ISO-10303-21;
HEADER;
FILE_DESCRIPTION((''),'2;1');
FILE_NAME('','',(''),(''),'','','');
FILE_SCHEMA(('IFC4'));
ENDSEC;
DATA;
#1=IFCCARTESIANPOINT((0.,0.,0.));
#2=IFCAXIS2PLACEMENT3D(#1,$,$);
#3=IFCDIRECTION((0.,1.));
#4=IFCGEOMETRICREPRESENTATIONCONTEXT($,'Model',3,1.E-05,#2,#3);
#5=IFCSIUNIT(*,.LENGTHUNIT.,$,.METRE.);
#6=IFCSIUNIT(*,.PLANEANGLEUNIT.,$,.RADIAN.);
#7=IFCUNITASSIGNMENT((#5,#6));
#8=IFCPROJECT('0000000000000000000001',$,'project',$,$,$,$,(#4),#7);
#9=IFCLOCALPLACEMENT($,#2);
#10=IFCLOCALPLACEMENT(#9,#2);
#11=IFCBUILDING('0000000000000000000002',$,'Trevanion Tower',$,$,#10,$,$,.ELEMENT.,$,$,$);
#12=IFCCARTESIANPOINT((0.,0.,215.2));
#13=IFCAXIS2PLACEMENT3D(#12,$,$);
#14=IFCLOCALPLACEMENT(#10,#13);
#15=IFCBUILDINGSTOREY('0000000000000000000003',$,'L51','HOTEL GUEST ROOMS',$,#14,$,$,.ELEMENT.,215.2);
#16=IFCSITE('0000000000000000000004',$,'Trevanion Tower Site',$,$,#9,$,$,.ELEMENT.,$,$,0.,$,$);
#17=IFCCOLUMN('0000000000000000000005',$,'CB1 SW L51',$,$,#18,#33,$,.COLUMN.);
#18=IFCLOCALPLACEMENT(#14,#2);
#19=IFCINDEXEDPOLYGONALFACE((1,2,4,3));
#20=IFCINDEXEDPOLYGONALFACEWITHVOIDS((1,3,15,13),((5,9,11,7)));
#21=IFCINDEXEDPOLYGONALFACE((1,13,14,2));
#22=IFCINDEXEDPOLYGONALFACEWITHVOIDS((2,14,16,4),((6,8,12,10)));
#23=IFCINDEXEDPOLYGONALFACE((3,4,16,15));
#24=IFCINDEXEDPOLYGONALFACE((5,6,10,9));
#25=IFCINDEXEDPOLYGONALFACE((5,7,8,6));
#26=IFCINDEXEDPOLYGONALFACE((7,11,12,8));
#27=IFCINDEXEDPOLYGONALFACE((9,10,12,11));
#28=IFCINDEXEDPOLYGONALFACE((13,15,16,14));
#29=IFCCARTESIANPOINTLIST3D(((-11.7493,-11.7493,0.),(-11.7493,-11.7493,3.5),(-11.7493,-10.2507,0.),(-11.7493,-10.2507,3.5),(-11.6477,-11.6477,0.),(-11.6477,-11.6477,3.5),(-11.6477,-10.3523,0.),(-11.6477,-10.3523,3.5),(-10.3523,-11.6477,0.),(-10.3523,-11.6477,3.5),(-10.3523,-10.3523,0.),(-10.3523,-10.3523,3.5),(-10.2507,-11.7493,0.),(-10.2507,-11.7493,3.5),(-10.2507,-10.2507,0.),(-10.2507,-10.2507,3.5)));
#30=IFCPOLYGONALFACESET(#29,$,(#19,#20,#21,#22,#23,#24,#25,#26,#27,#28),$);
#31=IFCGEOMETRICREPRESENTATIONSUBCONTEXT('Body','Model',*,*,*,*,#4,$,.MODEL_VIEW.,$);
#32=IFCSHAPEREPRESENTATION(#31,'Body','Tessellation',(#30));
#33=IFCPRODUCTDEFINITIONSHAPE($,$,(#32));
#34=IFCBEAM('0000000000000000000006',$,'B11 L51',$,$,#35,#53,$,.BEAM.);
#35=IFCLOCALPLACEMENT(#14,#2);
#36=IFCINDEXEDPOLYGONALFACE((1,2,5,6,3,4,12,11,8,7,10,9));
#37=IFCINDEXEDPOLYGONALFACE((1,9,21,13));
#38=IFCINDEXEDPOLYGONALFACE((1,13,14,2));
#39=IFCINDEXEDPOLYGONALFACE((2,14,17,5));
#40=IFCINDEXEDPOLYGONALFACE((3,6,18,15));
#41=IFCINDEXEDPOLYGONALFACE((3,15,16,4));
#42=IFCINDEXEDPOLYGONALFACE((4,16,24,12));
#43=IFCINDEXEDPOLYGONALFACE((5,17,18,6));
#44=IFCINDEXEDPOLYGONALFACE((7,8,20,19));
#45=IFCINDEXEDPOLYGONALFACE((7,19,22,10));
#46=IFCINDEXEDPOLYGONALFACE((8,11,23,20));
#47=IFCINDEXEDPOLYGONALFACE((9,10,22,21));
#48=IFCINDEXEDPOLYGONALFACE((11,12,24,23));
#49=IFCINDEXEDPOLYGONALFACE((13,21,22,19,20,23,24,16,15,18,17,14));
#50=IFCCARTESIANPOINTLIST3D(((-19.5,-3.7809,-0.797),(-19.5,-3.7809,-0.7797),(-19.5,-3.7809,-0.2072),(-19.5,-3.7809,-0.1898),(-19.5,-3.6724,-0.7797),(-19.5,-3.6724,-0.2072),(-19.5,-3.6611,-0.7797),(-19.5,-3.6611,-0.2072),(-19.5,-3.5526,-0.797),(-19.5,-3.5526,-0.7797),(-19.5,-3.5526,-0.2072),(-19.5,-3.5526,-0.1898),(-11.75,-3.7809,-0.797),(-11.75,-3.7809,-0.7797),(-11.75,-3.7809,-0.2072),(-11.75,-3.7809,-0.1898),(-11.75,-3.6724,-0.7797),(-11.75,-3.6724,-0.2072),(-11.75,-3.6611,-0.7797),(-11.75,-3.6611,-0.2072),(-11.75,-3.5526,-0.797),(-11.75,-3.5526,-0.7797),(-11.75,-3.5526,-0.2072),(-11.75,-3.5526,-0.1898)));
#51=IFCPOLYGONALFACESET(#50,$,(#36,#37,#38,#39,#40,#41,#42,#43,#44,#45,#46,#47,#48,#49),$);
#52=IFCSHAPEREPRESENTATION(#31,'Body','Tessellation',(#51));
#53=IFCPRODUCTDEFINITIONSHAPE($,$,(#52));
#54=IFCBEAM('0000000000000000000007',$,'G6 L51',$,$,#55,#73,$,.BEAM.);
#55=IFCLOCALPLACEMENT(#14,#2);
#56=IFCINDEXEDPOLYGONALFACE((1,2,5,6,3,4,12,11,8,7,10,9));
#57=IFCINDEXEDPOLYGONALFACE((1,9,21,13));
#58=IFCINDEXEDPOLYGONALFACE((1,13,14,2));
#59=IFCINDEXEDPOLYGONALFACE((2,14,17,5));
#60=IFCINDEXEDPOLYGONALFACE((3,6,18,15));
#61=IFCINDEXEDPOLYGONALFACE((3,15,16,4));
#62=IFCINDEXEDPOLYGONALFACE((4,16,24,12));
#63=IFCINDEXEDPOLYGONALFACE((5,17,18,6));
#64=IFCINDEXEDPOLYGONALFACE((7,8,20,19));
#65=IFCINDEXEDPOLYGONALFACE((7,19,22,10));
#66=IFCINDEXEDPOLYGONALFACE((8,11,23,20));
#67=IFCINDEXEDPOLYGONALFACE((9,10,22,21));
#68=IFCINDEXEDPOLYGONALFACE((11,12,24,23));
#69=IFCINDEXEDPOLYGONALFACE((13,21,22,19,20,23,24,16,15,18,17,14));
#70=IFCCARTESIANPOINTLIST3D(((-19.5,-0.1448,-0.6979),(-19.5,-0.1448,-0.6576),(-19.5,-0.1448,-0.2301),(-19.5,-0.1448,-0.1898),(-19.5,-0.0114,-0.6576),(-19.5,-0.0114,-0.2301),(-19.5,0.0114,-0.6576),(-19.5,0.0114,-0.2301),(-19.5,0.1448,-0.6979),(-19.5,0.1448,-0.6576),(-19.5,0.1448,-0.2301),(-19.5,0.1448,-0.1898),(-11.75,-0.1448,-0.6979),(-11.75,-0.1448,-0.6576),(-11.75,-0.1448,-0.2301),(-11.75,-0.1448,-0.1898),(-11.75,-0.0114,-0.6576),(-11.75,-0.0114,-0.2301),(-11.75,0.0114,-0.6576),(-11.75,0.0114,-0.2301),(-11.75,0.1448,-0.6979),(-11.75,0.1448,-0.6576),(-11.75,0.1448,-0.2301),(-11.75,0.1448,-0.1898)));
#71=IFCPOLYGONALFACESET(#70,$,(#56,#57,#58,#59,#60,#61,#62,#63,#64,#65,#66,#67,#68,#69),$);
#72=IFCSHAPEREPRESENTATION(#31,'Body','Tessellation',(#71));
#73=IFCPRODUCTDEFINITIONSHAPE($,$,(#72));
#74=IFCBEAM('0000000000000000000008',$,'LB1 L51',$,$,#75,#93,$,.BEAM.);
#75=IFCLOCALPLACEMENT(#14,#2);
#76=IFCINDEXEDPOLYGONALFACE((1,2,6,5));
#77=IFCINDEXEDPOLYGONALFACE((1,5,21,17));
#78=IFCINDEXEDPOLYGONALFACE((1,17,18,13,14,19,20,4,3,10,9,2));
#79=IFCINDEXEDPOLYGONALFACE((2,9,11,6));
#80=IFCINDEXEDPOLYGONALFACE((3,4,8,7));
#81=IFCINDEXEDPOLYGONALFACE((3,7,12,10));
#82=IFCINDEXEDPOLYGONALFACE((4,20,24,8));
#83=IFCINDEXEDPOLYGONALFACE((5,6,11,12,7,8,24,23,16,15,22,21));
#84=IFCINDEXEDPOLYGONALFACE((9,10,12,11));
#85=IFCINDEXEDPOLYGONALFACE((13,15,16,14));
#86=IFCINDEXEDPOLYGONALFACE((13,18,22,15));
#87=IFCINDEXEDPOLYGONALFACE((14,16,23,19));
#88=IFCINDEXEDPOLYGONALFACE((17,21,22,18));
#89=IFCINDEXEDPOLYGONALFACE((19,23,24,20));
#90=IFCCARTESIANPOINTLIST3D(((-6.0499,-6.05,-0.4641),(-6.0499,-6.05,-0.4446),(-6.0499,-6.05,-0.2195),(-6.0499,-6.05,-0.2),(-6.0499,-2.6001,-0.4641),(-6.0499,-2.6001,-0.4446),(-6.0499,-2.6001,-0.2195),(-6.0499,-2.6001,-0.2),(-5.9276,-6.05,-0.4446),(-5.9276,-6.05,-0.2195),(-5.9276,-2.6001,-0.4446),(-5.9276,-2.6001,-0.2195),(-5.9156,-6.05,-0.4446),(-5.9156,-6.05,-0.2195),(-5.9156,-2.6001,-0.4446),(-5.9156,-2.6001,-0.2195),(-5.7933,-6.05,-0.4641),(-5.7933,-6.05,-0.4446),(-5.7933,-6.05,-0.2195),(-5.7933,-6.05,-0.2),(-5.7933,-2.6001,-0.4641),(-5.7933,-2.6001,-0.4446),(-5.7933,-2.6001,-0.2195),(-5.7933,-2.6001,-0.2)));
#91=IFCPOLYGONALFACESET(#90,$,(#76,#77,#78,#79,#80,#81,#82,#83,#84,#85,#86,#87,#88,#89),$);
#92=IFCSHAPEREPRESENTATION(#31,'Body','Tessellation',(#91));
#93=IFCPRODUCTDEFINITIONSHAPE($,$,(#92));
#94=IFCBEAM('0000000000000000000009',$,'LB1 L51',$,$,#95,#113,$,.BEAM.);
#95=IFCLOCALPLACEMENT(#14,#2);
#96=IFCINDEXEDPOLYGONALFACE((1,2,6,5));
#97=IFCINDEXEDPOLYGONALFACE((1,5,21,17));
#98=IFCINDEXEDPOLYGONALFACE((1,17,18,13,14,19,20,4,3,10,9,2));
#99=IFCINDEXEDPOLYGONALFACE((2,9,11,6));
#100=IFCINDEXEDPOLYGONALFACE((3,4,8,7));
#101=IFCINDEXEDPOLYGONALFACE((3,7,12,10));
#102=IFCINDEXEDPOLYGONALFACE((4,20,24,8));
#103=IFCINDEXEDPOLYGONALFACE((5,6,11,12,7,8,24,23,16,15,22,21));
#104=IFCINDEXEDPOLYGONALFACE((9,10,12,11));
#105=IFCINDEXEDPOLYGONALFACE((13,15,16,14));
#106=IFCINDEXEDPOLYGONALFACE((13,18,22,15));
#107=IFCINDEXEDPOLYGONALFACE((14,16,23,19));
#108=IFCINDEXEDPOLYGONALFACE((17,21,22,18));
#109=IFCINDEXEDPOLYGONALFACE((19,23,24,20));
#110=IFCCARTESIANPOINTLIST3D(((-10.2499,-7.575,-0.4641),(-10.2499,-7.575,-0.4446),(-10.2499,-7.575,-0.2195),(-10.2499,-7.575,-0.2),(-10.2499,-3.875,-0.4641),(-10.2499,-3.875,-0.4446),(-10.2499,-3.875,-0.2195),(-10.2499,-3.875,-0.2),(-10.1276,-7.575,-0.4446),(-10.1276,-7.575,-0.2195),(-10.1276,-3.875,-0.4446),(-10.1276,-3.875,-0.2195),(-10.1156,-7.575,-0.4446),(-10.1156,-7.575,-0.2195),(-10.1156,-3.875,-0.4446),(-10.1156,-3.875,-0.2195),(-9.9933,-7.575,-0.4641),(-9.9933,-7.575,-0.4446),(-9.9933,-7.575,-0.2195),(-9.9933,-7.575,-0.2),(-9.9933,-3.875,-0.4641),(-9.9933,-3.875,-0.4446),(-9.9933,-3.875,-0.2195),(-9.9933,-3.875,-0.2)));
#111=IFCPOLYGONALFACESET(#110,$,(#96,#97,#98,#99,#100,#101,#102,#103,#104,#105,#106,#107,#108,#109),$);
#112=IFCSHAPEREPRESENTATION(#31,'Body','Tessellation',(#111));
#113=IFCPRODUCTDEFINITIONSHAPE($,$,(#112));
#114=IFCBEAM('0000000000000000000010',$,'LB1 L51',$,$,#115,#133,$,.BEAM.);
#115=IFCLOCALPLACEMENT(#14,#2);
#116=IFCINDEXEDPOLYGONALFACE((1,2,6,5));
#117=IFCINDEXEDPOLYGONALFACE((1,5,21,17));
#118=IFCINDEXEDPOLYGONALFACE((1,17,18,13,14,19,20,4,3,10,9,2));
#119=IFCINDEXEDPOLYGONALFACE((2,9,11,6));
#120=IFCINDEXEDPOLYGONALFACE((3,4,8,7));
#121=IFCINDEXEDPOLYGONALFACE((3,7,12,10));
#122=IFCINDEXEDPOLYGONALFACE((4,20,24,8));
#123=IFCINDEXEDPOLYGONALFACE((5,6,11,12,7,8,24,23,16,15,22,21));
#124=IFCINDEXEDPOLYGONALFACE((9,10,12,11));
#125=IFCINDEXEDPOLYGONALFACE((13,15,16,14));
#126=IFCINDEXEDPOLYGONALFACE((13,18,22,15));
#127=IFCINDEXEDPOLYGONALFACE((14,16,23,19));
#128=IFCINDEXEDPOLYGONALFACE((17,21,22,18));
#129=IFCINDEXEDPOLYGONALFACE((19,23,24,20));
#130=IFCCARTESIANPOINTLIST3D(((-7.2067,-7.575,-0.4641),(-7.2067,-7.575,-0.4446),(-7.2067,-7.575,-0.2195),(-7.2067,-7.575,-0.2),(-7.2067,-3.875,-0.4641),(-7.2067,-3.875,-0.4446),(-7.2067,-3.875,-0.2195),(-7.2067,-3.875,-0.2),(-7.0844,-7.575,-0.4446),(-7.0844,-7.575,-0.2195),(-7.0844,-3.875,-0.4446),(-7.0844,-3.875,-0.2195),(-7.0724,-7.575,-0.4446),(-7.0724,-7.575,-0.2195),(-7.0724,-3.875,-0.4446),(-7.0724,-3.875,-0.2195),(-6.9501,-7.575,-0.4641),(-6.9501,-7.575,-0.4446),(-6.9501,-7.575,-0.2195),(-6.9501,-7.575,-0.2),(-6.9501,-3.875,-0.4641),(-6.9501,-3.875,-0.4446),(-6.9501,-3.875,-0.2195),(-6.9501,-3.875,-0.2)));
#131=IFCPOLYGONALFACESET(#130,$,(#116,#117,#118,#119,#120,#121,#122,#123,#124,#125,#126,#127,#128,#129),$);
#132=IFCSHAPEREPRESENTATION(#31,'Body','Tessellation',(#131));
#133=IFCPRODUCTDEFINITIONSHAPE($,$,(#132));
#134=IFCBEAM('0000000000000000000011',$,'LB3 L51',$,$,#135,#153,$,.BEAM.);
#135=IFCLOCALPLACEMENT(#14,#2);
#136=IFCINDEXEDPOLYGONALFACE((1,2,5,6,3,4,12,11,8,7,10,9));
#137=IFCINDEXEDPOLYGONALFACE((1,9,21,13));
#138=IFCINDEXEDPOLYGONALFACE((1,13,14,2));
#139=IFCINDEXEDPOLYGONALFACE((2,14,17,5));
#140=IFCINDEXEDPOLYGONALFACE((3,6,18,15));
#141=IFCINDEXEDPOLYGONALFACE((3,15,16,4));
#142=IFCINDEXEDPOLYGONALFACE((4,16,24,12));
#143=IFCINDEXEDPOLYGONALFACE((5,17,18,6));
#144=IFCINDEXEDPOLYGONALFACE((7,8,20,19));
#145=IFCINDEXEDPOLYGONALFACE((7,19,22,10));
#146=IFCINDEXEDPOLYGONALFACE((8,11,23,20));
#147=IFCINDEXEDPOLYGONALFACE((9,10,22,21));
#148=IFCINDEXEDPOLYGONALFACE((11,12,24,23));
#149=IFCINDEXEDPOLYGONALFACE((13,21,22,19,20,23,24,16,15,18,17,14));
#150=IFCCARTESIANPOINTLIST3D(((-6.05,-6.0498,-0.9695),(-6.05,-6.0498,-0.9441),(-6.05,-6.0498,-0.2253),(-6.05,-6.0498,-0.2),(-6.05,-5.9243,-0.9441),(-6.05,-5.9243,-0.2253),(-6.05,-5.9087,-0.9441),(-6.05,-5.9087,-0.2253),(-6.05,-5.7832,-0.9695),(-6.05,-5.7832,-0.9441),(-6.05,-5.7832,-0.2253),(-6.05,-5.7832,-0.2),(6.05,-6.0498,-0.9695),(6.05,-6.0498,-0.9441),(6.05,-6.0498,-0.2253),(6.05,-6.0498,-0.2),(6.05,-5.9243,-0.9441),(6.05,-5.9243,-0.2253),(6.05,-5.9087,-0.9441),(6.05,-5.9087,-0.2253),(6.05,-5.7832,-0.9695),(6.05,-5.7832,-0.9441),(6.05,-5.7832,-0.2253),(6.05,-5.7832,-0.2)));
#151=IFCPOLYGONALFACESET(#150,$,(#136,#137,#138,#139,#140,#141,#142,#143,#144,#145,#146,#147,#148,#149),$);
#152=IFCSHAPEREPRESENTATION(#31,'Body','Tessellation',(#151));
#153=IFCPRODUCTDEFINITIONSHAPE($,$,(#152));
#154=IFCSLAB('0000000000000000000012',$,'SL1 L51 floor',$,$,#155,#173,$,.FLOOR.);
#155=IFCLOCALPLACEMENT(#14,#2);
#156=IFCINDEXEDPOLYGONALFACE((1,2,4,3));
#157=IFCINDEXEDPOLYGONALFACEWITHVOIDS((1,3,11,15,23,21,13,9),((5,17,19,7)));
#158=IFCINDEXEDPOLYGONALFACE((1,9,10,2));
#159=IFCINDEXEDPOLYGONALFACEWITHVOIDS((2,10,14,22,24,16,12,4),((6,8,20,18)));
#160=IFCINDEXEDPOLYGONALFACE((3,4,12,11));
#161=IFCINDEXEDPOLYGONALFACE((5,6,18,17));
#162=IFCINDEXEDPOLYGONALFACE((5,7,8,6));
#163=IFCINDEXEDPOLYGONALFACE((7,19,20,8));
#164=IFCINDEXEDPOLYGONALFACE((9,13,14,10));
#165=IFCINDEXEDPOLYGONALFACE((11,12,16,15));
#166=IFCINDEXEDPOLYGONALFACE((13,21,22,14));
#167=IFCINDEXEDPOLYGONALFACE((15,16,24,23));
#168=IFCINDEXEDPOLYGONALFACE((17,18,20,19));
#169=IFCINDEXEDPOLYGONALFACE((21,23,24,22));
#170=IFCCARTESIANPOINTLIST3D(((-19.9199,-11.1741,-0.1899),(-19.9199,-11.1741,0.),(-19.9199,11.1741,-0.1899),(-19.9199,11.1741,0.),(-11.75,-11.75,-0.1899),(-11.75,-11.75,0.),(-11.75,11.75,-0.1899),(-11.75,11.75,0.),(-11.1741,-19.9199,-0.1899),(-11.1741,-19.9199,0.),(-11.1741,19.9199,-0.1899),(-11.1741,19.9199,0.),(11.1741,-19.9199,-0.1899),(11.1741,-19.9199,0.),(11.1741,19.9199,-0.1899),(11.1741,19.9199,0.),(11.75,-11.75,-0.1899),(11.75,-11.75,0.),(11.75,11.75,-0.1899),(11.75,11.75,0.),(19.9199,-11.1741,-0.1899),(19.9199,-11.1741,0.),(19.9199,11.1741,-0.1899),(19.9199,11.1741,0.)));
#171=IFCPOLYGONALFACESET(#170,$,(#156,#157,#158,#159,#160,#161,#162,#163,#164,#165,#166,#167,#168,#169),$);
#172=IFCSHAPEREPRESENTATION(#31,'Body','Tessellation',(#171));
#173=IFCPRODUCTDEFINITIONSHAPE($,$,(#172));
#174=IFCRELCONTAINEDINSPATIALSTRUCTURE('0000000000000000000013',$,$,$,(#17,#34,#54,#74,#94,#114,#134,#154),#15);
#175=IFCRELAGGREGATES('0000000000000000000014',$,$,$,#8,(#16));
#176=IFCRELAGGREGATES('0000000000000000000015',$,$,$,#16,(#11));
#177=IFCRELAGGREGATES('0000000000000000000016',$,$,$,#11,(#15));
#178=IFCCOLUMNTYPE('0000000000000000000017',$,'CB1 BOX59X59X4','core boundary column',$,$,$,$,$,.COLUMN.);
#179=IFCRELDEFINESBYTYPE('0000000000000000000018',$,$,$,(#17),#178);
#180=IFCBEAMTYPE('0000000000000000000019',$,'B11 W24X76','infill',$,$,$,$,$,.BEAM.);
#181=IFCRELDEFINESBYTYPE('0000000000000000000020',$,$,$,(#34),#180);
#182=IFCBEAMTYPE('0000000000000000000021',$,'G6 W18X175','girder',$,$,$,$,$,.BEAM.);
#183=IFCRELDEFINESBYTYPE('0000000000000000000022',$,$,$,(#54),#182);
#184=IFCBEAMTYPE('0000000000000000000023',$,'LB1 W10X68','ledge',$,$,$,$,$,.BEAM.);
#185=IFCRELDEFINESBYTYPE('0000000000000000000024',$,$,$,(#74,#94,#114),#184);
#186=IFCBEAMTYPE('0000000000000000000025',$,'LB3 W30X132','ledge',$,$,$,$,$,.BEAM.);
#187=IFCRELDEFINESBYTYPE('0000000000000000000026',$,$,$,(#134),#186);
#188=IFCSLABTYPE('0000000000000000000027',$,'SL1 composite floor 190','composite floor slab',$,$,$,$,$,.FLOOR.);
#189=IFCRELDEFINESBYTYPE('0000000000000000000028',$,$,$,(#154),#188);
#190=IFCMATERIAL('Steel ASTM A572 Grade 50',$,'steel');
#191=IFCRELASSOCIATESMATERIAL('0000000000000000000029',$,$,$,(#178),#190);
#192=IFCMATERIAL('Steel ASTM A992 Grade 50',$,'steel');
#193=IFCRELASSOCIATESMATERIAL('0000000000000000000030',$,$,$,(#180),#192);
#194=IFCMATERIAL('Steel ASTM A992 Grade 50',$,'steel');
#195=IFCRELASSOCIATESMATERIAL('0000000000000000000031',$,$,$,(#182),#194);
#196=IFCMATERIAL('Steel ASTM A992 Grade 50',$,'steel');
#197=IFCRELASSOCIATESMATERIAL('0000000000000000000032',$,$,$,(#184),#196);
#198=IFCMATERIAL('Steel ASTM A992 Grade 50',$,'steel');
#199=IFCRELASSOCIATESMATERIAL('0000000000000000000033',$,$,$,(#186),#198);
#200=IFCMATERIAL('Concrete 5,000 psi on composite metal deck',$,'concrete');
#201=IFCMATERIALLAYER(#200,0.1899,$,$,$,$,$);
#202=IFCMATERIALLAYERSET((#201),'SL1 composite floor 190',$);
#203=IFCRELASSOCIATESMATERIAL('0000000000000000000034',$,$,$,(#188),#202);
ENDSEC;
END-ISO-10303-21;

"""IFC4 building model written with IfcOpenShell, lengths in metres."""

from ifc_helpers import new_model, si_unit, direction, frame, origin, origin_2d, place, context, subcontext, project, spatial, polyline, hollow_rectangle, i_section, outline, extrude, material, layer, layer_set, material_profile, profile_set, type_object, element, save


model = new_model("IFC4")

# Units and contexts
model_context = context("Model", 3, precision=1e-05, world=origin(), true_north=direction((0.0, 1.0)))
body_context = subcontext(model_context, "Body", "Model", "MODEL_VIEW")
ifc_project = project(units=[si_unit("LENGTHUNIT", "METRE"), si_unit("PLANEANGLEUNIT", "RADIAN")], contexts=[model_context])

# Site, building, storey
site_placement = place(None, origin())
site = spatial("IfcSite", under=ifc_project, at=site_placement, Name="Trevanion Tower Site", CompositionType="ELEMENT", RefElevation=0.0)
building_placement = place(site_placement, origin())
building = spatial("IfcBuilding", under=site, at=building_placement, Name="Trevanion Tower", CompositionType="ELEMENT")
storey_placement = place(building_placement, frame((0.0, 0.0, 215.2)))
storey = spatial("IfcBuildingStorey", under=building, at=storey_placement, Name="L51", Description="HOTEL GUEST ROOMS", CompositionType="ELEMENT", Elevation=215.2)

# Column
ifc_material_1 = material(Name="Steel ASTM A572 Grade 50", Category="steel")
ifc_material_profile_1 = material_profile(ifc_material_1, hollow_rectangle(XDim=1.4985, YDim=1.4985, WallThickness=0.1016, at=origin_2d()), Name="BOX59X59X4")
ifc_profile_set_1 = profile_set([ifc_material_profile_1], Name="Steel ASTM A572 Grade 50")
column_type = type_object("IfcColumnType", Name="CB1 BOX59X59X4", Description="core boundary column", PredefinedType="COLUMN", material=ifc_profile_set_1)
column_placement = place(storey_placement, frame((-11.0, -11.0, 0.0), z_axis=(0.0, 0.0, 1.0), x_axis=(1.0, 0.0, 0.0)))
element("IfcColumn", 1, at=column_placement, inside=storey, type_object=column_type, Name="CB1 SW L51", PredefinedType="COLUMN", context=body_context, shape_type="SweptSolid", body=[
    extrude(hollow_rectangle(XDim=1.4985, YDim=1.4985, WallThickness=0.1016, at=origin_2d()), origin(), (0.0, 0.0, 1.0), 3.5),
])

# Beams
ifc_material_2 = material(Name="Steel ASTM A992 Grade 50", Category="steel")
ifc_material_profile_2 = material_profile(ifc_material_2, i_section(OverallWidth=0.2283, OverallDepth=0.6072, WebThickness=0.0112, FlangeThickness=0.0173, at=origin_2d()), Name="W24X76")
ifc_profile_set_2 = profile_set([ifc_material_profile_2], Name="Steel ASTM A992 Grade 50")
beam_type_1 = type_object("IfcBeamType", Name="B11 W24X76", Description="infill", PredefinedType="BEAM", material=ifc_profile_set_2)
beam_1_placement = place(storey_placement, frame((-11.75, -3.6667, -0.4934), z_axis=(-1.0, 0.0, 0.0), x_axis=(0.0, -1.0, 0.0)))
element("IfcBeam", 2, at=beam_1_placement, inside=storey, type_object=beam_type_1, Name="B11 L51", PredefinedType="BEAM", context=body_context, shape_type="SweptSolid", body=[
    extrude(i_section(OverallWidth=0.2283, OverallDepth=0.6072, WebThickness=0.0112, FlangeThickness=0.0173, at=origin_2d()), origin(), (0.0, 0.0, 1.0), 7.75),
])
ifc_material_3 = material(Name="Steel ASTM A992 Grade 50", Category="steel")
ifc_material_profile_3 = material_profile(ifc_material_3, i_section(OverallWidth=0.2896, OverallDepth=0.5081, WebThickness=0.0227, FlangeThickness=0.0403, at=origin_2d()), Name="W18X175")
ifc_profile_set_3 = profile_set([ifc_material_profile_3], Name="Steel ASTM A992 Grade 50")
beam_type_2 = type_object("IfcBeamType", Name="G6 W18X175", Description="girder", PredefinedType="BEAM", material=ifc_profile_set_3)
beam_2_placement = place(storey_placement, frame((-11.75, 0.0, -0.4438), z_axis=(-1.0, 0.0, 0.0), x_axis=(0.0, -1.0, 0.0)))
element("IfcBeam", 3, at=beam_2_placement, inside=storey, type_object=beam_type_2, Name="G6 L51", PredefinedType="BEAM", context=body_context, shape_type="SweptSolid", body=[
    extrude(i_section(OverallWidth=0.2896, OverallDepth=0.5081, WebThickness=0.0227, FlangeThickness=0.0403, at=origin_2d()), origin(), (0.0, 0.0, 1.0), 7.75),
])
ifc_material_4 = material(Name="Steel ASTM A992 Grade 50", Category="steel")
ifc_material_profile_4 = material_profile(ifc_material_4, i_section(OverallWidth=0.2566, OverallDepth=0.2642, WebThickness=0.012, FlangeThickness=0.0195, at=origin_2d()), Name="W10X68")
ifc_profile_set_4 = profile_set([ifc_material_profile_4], Name="Steel ASTM A992 Grade 50")
beam_type_3 = type_object("IfcBeamType", Name="LB1 W10X68", Description="ledge", PredefinedType="BEAM", material=ifc_profile_set_4)
beam_3_placement = place(storey_placement, frame((-5.9216, -6.05, -0.332), z_axis=(0.0, 1.0, 0.0), x_axis=(-1.0, 0.0, 0.0)))
element("IfcBeam", 4, at=beam_3_placement, inside=storey, type_object=beam_type_3, Name="LB1 L51", PredefinedType="BEAM", context=body_context, shape_type="SweptSolid", body=[
    extrude(i_section(OverallWidth=0.2566, OverallDepth=0.2642, WebThickness=0.012, FlangeThickness=0.0195, at=origin_2d()), origin(), (0.0, 0.0, 1.0), 3.45),
])
for number, where, z_axis, x_axis, name in (
    (5, (-10.1216, -7.575, -0.332), (0.0, 1.0, 0.0), (-1.0, 0.0, 0.0), "LB1 L51"),
    (6, (-7.0784, -7.575, -0.332), (0.0, 1.0, 0.0), (-1.0, 0.0, 0.0), "LB1 L51"),
):
    element("IfcBeam", number, at=place(storey_placement, frame(where, z_axis=z_axis, x_axis=x_axis)), inside=storey, type_object=beam_type_3, Name=name, PredefinedType="BEAM", context=body_context, shape_type="SweptSolid", body=[
        extrude(i_section(OverallWidth=0.2566, OverallDepth=0.2642, WebThickness=0.012, FlangeThickness=0.0195, at=origin_2d()), origin(), (0.0, 0.0, 1.0), 3.7),
    ])
ifc_material_5 = material(Name="Steel ASTM A992 Grade 50", Category="steel")
ifc_material_profile_5 = material_profile(ifc_material_5, i_section(OverallWidth=0.2666, OverallDepth=0.7695, WebThickness=0.0156, FlangeThickness=0.0254, at=origin_2d()), Name="W30X132")
ifc_profile_set_5 = profile_set([ifc_material_profile_5], Name="Steel ASTM A992 Grade 50")
beam_type_4 = type_object("IfcBeamType", Name="LB3 W30X132", Description="ledge", PredefinedType="BEAM", material=ifc_profile_set_5)
beam_4_placement = place(storey_placement, frame((-6.05, -5.9165, -0.5847), z_axis=(1.0, 0.0, 0.0), x_axis=(0.0, 1.0, 0.0)))
element("IfcBeam", 7, at=beam_4_placement, inside=storey, type_object=beam_type_4, Name="LB3 L51", PredefinedType="BEAM", context=body_context, shape_type="SweptSolid", body=[
    extrude(i_section(OverallWidth=0.2666, OverallDepth=0.7695, WebThickness=0.0156, FlangeThickness=0.0254, at=origin_2d()), origin(), (0.0, 0.0, 1.0), 12.1001),
])

# Slab
ifc_material_6 = material(Name="Concrete 5,000 psi on composite metal deck", Category="concrete")
ifc_layer_1 = layer(ifc_material_6, 0.1899)
ifc_layer_set_1 = layer_set([ifc_layer_1], Name="SL1 composite floor 190")
slab_type_1 = type_object("IfcSlabType", Name="SL1 composite floor 190", Description="composite floor slab", PredefinedType="FLOOR", material=ifc_layer_set_1)
slab_1_placement = place(storey_placement, frame((0.0, 0.0, -0.1899)))
element("IfcSlab", 8, at=slab_1_placement, inside=storey, type_object=slab_type_1, Name="SL1 L51 floor", PredefinedType="FLOOR", context=body_context, shape_type="SweptSolid", body=[
    extrude(outline(polyline([(19.9199, -11.1741), (19.9199, 11.1741), (11.1741, 19.9199), (-11.1741, 19.9199), (-19.9199, 11.1741), (-19.9199, -11.1741), (-11.1741, -19.9199), (11.1741, -19.9199), (19.9199, -11.1741)]), holes=[polyline([(11.75, -11.75), (11.75, 11.75), (-11.75, 11.75), (-11.75, -11.75), (11.75, -11.75)])]), origin(), (0.0, 0.0, 1.0), 0.1899),
])

save(model, "model.ifc")
